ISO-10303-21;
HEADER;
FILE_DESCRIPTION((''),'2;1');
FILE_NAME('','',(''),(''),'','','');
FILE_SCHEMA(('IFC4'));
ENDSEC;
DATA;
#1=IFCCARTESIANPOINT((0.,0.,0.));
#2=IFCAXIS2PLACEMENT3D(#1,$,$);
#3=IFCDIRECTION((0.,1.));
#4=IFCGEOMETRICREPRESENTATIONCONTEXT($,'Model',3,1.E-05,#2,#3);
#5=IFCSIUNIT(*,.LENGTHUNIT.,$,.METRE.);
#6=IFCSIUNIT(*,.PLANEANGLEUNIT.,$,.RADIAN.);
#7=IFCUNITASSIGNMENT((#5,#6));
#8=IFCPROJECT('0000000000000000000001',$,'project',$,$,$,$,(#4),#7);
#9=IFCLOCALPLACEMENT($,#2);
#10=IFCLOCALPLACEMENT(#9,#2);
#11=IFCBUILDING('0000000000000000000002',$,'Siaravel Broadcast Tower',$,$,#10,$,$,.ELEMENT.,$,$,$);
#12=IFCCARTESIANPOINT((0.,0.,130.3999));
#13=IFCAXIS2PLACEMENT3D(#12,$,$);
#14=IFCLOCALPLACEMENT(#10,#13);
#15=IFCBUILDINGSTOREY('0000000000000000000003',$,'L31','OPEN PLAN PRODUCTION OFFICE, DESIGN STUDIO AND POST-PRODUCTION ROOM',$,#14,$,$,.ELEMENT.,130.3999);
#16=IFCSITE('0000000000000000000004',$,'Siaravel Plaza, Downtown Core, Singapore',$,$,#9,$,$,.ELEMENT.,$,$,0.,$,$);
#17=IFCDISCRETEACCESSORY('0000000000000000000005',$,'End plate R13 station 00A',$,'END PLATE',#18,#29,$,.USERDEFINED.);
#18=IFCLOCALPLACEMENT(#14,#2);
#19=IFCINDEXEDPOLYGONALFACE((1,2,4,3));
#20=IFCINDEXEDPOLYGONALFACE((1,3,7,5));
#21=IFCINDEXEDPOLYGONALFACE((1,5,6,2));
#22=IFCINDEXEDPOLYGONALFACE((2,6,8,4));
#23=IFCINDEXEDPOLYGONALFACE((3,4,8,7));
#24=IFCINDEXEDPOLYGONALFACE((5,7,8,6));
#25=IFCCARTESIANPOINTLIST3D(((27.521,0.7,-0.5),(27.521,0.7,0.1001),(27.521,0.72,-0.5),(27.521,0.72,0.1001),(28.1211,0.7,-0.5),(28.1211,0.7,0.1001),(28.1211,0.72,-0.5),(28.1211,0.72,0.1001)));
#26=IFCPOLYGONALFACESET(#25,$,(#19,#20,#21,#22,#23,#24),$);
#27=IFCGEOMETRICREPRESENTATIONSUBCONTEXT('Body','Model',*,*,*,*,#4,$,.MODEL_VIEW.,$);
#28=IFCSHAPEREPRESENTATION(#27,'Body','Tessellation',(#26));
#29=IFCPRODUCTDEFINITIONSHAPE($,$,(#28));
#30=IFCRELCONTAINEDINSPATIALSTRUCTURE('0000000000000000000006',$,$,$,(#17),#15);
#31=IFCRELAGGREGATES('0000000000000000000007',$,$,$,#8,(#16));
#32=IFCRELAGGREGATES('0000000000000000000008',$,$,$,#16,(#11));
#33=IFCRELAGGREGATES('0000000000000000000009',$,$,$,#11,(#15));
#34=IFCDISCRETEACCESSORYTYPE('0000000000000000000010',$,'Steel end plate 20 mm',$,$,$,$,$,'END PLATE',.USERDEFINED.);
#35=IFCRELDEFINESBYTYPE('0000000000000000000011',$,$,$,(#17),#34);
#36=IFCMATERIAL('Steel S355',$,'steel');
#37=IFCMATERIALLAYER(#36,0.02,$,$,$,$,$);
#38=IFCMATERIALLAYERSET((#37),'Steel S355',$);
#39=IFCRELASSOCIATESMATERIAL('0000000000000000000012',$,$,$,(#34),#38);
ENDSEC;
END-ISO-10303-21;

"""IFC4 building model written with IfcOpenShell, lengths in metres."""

from ifc_helpers import new_model, si_unit, direction, frame, origin, origin_2d, place, context, subcontext, project, spatial, rectangle, extrude, material, layer, layer_set, type_object, element, save


model = new_model("IFC4")

# Units and contexts
model_context = context("Model", 3, precision=1e-05, world=origin(), true_north=direction((0.0, 1.0)))
body_context = subcontext(model_context, "Body", "Model", "MODEL_VIEW")
ifc_project = project(units=[si_unit("LENGTHUNIT", "METRE"), si_unit("PLANEANGLEUNIT", "RADIAN")], contexts=[model_context])

# Site, building, storey
site_placement = place(None, origin())
site = spatial("IfcSite", under=ifc_project, at=site_placement, Name="Siaravel Plaza, Downtown Core, Singapore", CompositionType="ELEMENT", RefElevation=0.0)
building_placement = place(site_placement, origin())
building = spatial("IfcBuilding", under=site, at=building_placement, Name="Siaravel Broadcast Tower", CompositionType="ELEMENT")
storey_placement = place(building_placement, frame((0.0, 0.0, 130.3999)))
storey = spatial("IfcBuildingStorey", under=building, at=storey_placement, Name="L31", Description="OPEN PLAN PRODUCTION OFFICE, DESIGN STUDIO AND POST-PRODUCTION ROOM", CompositionType="ELEMENT", Elevation=130.3999)

# Shared definitions
ifc_material_1 = material(Name="Steel S355", Category="steel")

# Discrete accessory
ifc_layer_1 = layer(ifc_material_1, 0.02)
ifc_layer_set_1 = layer_set([ifc_layer_1], Name="Steel S355")
discrete_accessory_type_1 = type_object("IfcDiscreteAccessoryType", Name="Steel end plate 20 mm", ElementType="END PLATE", PredefinedType="USERDEFINED", material=ifc_layer_set_1)
discrete_accessory_placement = place(storey_placement, frame((27.821, 0.71, -0.5), z_axis=(0.0, 0.0, 1.0), x_axis=(0.0, 1.0, 0.0)))
element("IfcDiscreteAccessory", 1, at=discrete_accessory_placement, inside=storey, type_object=discrete_accessory_type_1, Name="End plate R13 station 00A", ObjectType="END PLATE", PredefinedType="USERDEFINED", context=body_context, shape_type="SweptSolid", body=[
    extrude(rectangle(XDim=0.02, YDim=0.6001, at=origin_2d()), origin(), (0.0, 0.0, 1.0), 0.6001),
])

save(model, "model.ifc")
